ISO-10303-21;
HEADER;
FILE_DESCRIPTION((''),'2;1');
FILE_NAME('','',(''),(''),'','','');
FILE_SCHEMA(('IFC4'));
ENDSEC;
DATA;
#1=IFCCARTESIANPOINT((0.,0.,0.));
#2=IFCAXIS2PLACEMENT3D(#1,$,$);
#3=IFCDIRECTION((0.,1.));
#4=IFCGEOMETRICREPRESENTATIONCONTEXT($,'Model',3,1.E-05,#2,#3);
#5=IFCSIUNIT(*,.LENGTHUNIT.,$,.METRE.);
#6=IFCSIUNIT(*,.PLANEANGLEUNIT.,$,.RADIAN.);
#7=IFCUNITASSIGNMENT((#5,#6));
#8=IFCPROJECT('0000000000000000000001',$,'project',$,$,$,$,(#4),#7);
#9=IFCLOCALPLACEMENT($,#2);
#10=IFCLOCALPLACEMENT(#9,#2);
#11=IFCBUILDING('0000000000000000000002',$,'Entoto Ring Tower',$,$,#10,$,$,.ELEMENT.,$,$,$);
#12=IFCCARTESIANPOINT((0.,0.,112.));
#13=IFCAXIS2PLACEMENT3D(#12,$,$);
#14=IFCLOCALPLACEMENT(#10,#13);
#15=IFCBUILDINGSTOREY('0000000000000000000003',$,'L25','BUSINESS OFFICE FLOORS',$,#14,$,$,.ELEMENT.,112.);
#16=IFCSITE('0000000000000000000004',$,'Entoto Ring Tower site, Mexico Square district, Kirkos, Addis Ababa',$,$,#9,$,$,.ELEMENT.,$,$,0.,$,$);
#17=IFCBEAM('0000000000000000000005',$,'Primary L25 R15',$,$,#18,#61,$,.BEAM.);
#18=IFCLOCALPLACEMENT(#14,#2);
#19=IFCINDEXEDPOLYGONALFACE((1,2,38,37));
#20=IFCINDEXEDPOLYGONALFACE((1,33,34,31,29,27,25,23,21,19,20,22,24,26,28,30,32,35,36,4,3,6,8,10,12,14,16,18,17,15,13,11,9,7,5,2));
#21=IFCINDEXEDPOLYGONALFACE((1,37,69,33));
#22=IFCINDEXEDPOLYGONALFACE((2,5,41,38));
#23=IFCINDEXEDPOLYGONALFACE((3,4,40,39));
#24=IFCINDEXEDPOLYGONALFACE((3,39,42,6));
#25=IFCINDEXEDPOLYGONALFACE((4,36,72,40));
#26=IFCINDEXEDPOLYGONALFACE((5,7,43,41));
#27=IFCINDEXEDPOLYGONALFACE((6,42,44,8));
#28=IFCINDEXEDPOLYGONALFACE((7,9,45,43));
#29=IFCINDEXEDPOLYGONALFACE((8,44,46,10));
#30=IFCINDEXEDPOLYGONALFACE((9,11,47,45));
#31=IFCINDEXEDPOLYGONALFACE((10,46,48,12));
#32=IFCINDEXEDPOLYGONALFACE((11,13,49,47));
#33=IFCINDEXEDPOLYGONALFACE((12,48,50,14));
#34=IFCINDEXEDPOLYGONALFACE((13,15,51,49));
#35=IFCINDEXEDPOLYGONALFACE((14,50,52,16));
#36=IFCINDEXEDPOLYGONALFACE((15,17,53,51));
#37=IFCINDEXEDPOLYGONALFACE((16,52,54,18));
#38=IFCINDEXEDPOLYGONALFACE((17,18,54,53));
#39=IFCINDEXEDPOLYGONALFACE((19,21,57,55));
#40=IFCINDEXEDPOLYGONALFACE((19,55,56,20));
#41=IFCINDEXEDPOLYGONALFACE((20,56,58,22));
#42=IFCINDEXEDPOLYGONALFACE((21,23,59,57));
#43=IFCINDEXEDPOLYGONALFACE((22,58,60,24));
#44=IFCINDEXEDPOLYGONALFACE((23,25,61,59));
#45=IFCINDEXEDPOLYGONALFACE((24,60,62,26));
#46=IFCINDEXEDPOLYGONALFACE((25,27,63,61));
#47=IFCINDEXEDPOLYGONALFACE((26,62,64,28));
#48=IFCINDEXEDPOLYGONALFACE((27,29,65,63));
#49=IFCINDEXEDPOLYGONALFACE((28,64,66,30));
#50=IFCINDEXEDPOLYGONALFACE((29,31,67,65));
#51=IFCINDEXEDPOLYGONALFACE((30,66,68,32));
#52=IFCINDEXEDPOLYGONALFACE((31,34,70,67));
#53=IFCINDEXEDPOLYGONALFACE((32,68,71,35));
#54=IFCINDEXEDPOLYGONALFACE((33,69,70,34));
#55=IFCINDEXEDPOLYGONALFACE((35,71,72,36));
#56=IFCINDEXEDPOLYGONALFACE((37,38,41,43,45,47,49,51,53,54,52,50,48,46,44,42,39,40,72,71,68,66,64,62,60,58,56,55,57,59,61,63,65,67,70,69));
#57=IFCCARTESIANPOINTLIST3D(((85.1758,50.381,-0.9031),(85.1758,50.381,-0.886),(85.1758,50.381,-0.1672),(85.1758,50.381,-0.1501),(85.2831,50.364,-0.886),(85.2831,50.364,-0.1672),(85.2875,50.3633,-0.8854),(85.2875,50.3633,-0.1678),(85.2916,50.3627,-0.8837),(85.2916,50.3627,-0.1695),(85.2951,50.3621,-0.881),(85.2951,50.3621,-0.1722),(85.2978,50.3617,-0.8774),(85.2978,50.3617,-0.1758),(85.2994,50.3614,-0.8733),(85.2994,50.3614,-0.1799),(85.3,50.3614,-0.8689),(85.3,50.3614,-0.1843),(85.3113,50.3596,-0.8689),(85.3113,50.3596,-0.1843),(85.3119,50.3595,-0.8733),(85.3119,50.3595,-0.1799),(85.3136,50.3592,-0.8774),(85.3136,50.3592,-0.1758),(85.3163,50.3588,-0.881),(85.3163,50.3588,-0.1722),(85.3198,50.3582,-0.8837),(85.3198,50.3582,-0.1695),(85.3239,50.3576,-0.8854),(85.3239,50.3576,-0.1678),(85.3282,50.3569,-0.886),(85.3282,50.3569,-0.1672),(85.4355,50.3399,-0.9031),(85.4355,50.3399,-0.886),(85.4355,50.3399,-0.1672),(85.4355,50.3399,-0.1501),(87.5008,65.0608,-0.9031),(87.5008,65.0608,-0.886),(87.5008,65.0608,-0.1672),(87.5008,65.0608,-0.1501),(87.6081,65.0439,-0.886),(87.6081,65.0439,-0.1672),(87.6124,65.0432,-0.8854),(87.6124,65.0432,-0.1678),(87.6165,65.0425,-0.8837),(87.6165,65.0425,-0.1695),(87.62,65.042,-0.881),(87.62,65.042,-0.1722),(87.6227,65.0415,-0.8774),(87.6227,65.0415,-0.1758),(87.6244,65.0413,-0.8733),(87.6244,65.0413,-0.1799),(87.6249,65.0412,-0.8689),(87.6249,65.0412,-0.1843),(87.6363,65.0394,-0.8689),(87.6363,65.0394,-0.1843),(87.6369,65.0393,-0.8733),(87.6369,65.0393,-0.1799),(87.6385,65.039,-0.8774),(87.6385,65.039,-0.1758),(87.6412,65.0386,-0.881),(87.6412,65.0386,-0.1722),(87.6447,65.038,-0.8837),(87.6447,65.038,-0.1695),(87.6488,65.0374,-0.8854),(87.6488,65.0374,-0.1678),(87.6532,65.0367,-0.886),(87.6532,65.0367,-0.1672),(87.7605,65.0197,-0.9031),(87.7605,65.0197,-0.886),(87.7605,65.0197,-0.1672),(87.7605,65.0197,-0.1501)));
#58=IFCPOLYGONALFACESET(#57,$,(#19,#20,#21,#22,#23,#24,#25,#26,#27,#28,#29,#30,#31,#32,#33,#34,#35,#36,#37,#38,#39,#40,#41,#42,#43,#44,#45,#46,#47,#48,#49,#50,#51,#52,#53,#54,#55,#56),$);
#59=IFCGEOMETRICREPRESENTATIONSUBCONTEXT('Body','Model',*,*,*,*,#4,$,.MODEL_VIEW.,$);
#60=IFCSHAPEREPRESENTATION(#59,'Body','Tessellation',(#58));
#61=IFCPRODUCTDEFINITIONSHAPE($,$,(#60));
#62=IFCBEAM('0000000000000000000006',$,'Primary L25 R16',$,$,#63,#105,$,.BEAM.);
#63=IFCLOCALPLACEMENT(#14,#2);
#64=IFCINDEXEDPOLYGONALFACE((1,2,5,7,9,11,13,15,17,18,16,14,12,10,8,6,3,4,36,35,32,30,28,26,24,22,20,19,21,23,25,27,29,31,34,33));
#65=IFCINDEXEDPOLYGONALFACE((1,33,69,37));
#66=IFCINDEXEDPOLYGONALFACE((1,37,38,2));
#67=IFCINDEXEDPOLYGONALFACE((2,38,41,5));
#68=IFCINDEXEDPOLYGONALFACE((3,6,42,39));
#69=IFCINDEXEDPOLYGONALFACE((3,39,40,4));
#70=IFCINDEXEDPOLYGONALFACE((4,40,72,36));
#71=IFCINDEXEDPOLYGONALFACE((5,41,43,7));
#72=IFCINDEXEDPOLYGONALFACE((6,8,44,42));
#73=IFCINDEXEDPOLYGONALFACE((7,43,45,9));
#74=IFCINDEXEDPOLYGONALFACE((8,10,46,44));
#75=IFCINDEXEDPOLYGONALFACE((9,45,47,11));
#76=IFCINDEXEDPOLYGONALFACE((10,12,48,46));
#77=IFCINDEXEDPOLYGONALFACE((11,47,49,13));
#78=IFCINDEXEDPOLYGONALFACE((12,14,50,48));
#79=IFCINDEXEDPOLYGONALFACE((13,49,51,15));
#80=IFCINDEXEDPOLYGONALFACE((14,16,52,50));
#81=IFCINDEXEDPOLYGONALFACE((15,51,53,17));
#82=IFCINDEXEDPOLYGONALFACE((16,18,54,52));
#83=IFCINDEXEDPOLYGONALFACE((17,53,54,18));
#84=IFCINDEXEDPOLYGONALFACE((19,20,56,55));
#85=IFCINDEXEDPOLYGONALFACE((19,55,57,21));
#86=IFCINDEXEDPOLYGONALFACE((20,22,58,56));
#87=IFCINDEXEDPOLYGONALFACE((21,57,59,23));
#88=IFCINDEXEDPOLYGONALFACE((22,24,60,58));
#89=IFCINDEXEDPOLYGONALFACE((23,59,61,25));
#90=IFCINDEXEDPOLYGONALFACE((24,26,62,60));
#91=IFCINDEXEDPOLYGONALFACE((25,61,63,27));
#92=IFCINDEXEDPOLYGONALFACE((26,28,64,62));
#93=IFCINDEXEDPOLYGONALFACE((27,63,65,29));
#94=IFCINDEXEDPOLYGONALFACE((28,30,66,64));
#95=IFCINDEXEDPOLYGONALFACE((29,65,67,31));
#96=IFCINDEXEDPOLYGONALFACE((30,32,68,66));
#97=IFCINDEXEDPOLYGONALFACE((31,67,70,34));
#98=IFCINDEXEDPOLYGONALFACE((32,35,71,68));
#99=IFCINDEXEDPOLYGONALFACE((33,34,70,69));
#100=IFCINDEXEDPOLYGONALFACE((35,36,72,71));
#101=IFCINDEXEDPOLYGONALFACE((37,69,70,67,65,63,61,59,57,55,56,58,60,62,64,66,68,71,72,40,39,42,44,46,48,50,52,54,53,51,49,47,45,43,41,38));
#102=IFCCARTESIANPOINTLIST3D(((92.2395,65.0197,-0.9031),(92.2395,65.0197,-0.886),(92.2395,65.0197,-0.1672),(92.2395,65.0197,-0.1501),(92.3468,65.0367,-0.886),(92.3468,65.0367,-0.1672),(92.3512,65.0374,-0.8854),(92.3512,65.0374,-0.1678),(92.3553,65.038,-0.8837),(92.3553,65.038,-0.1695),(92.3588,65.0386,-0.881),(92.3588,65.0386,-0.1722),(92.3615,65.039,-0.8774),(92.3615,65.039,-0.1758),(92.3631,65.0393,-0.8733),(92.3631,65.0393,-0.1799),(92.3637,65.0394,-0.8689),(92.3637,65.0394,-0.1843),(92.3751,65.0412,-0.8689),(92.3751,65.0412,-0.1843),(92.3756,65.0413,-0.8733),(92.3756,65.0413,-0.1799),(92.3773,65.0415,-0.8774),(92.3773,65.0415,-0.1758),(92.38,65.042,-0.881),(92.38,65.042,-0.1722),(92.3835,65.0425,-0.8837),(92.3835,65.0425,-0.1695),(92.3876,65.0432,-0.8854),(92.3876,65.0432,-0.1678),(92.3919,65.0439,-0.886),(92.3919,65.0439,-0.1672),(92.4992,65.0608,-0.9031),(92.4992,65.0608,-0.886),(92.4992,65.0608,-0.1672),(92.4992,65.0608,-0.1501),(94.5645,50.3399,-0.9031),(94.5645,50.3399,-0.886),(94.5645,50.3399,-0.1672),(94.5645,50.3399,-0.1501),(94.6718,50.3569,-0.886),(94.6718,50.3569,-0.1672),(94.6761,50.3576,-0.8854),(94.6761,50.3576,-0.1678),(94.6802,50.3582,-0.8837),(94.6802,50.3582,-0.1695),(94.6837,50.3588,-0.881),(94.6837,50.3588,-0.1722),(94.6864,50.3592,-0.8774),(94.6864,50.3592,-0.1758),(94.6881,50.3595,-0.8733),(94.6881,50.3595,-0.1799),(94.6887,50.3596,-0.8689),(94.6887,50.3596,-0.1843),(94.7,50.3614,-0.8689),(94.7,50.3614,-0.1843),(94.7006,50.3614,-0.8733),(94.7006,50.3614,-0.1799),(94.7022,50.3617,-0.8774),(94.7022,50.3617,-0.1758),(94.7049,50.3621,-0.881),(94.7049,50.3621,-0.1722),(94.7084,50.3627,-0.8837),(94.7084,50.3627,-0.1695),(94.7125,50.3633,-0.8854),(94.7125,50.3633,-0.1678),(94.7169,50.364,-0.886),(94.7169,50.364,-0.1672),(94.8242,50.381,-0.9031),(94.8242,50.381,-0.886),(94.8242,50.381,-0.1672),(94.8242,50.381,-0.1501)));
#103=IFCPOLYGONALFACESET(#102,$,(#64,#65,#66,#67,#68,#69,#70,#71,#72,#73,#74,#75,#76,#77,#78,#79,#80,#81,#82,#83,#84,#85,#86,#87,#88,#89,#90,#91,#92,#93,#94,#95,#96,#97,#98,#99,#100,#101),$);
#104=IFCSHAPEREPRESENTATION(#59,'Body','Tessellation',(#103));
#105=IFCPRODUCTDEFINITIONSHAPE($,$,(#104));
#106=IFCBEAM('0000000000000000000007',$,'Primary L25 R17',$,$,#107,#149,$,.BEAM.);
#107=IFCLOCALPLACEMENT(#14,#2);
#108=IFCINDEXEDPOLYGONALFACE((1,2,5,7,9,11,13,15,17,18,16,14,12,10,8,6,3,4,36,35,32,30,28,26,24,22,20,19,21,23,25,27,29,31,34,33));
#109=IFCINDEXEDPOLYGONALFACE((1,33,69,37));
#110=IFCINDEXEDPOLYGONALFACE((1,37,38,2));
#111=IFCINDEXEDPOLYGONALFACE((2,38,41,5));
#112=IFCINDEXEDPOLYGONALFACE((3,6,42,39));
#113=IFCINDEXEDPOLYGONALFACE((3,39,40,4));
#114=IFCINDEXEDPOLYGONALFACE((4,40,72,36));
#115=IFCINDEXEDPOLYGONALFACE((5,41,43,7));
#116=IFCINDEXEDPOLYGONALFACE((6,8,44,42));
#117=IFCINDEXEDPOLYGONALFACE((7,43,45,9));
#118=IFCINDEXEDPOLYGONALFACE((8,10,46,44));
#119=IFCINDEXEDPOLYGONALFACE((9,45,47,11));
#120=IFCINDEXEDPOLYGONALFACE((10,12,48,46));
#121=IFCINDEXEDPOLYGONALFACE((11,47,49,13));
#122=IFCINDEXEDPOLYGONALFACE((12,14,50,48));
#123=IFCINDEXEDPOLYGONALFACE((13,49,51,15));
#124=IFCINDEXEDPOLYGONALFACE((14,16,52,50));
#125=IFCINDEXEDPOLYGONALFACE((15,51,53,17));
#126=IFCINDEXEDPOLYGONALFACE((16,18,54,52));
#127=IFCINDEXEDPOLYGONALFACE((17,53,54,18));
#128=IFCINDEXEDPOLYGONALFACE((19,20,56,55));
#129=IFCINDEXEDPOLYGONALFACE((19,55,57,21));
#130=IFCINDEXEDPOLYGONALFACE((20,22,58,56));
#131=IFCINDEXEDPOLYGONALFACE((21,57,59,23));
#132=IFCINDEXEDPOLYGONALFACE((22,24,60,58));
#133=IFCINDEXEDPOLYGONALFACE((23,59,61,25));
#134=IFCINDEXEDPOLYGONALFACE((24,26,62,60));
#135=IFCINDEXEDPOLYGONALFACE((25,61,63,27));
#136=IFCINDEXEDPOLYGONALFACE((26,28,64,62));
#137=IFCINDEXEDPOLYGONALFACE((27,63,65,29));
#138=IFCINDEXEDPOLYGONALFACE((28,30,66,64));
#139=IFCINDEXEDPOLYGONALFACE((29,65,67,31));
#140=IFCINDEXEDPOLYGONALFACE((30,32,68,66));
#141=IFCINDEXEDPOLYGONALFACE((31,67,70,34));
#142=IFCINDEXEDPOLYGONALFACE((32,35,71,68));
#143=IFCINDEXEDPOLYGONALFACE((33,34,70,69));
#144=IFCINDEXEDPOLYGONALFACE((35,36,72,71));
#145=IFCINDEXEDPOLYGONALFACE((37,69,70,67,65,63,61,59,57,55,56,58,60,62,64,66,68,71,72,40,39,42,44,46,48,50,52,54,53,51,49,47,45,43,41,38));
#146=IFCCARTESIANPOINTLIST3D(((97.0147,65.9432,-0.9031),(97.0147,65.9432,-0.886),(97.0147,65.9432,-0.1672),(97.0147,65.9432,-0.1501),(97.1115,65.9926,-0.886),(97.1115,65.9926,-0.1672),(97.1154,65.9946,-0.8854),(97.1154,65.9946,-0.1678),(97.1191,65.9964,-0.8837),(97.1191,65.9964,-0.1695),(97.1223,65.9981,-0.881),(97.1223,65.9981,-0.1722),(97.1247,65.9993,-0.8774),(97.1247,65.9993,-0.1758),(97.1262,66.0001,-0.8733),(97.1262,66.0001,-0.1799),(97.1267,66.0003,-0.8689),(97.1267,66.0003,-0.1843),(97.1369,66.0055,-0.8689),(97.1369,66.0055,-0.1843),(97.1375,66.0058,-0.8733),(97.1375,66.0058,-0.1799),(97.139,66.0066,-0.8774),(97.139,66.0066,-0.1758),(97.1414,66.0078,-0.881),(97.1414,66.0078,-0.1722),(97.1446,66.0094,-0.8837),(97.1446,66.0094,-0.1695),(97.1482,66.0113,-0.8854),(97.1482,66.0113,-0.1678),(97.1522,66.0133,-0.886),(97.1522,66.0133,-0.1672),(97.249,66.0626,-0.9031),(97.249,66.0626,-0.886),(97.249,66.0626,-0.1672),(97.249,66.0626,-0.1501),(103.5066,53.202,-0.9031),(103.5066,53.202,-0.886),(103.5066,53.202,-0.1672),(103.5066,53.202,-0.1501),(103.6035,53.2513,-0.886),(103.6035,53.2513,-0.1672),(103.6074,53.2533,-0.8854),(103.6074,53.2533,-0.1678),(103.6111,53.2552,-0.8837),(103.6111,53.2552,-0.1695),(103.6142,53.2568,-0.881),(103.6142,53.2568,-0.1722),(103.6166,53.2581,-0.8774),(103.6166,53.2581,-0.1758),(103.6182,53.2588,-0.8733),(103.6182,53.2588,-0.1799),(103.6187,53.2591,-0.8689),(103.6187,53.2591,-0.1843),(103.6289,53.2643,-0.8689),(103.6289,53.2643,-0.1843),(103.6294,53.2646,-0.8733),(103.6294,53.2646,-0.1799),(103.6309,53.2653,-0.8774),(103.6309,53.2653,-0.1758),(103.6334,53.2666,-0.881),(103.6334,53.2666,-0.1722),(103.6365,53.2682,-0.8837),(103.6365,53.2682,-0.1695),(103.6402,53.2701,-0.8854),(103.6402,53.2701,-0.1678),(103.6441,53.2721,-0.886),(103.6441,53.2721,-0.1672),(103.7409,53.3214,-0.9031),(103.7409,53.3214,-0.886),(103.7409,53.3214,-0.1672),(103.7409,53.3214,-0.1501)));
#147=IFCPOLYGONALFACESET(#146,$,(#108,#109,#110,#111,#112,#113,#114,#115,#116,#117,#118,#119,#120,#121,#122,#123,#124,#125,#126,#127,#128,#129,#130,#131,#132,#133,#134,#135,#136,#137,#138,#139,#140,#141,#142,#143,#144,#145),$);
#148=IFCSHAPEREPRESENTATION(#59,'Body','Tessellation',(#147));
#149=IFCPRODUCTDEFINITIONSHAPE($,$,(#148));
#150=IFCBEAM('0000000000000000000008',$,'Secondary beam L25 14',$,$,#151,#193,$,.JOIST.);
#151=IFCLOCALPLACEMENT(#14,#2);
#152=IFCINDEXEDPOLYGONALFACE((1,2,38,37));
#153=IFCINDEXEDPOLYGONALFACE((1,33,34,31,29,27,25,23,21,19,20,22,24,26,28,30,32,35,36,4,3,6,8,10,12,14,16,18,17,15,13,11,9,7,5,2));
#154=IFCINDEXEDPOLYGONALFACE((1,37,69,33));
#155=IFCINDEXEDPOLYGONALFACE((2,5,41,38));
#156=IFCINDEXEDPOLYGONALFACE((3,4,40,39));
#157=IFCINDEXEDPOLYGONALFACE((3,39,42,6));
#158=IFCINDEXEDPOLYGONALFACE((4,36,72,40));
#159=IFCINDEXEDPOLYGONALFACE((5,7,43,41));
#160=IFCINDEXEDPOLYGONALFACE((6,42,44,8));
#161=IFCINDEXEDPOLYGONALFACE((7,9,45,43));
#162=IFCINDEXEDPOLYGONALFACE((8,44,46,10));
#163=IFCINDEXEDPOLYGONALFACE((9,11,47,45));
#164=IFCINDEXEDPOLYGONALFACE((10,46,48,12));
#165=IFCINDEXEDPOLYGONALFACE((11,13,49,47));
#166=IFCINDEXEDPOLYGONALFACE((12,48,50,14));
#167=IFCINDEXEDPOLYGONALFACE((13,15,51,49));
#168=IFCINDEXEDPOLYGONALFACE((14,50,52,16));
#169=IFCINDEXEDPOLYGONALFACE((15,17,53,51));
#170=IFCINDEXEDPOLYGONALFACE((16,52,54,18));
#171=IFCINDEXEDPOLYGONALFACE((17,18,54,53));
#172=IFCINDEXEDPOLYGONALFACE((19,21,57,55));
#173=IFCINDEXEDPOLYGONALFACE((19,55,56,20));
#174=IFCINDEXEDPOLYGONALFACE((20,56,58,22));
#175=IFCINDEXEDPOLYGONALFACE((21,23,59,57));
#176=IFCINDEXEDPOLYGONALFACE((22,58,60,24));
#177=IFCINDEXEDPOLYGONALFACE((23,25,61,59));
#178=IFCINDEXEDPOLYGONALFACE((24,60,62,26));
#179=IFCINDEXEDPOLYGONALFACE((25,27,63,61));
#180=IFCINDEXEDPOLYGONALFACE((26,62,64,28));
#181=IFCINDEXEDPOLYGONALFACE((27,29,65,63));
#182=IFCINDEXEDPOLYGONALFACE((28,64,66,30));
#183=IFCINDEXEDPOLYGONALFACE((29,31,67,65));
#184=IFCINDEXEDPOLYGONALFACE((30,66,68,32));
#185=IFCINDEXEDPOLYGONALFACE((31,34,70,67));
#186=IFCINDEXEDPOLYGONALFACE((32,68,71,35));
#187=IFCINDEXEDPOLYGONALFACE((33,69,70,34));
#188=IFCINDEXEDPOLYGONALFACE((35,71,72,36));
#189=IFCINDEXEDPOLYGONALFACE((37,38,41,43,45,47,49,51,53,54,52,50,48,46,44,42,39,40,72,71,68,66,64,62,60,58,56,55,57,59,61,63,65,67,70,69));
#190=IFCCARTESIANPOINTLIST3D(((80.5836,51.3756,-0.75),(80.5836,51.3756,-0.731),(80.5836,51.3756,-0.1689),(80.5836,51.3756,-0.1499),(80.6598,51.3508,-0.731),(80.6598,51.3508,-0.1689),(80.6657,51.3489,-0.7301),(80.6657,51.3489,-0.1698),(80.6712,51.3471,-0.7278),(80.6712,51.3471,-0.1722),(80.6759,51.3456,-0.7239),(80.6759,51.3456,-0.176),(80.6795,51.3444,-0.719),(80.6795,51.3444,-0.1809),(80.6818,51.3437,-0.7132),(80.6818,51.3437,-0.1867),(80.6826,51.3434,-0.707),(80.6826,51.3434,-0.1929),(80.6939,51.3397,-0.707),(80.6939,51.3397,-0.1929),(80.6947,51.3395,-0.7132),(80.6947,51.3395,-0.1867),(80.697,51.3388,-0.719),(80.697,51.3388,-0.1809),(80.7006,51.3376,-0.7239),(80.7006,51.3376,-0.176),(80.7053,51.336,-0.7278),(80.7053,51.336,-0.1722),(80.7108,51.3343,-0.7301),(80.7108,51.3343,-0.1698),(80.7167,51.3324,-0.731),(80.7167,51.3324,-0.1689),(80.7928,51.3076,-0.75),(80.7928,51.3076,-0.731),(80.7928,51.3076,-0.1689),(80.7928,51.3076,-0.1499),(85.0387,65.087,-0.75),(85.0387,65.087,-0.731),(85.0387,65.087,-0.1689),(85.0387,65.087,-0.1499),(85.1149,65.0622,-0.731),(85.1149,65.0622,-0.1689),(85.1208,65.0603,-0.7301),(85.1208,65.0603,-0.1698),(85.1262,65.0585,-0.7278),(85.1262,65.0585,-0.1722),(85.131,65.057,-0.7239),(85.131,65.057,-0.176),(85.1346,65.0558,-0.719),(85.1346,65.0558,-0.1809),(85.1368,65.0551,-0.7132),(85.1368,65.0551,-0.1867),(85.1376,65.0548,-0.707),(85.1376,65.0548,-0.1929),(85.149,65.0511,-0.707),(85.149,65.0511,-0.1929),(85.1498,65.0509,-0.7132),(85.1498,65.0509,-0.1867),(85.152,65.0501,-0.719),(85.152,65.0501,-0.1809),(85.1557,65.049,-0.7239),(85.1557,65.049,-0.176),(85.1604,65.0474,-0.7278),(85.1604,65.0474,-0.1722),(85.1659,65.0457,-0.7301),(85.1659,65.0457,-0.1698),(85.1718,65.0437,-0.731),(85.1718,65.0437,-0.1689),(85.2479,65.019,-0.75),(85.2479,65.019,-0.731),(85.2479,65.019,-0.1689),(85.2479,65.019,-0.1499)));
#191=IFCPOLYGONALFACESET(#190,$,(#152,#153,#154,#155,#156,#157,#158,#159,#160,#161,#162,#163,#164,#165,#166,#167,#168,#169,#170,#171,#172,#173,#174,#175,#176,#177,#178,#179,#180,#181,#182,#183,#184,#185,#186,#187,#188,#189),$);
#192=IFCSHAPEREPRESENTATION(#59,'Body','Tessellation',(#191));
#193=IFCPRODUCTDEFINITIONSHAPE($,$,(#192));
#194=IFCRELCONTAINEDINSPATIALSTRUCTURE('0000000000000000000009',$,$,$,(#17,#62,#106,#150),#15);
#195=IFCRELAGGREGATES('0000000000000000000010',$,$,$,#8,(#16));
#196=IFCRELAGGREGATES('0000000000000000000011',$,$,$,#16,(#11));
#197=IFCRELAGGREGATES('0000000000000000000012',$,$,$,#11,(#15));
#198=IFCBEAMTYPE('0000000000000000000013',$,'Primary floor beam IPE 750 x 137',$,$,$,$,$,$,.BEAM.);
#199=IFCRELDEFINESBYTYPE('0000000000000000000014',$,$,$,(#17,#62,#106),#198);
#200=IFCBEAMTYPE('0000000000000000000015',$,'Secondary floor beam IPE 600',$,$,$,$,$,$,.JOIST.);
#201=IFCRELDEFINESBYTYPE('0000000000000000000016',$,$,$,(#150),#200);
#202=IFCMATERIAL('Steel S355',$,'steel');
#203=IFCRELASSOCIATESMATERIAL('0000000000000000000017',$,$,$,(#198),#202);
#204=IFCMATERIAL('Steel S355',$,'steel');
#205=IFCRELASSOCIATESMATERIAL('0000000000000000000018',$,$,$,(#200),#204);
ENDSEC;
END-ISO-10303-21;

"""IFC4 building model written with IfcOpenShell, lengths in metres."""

from ifc_helpers import new_model, si_unit, direction, frame, origin, origin_2d, place, context, subcontext, project, spatial, i_section, extrude, material, material_profile, profile_set, type_object, element, save


model = new_model("IFC4")

# Units and contexts
model_context = context("Model", 3, precision=1e-05, world=origin(), true_north=direction((0.0, 1.0)))
body_context = subcontext(model_context, "Body", "Model", "MODEL_VIEW")
ifc_project = project(units=[si_unit("LENGTHUNIT", "METRE"), si_unit("PLANEANGLEUNIT", "RADIAN")], contexts=[model_context])

# Site, building, storey
site_placement = place(None, origin())
site = spatial("IfcSite", under=ifc_project, at=site_placement, Name="Entoto Ring Tower site, Mexico Square district, Kirkos, Addis Ababa", CompositionType="ELEMENT", RefElevation=0.0)
building_placement = place(site_placement, origin())
building = spatial("IfcBuilding", under=site, at=building_placement, Name="Entoto Ring Tower", CompositionType="ELEMENT")
storey_placement = place(building_placement, frame((0.0, 0.0, 112.0)))
storey = spatial("IfcBuildingStorey", under=building, at=storey_placement, Name="L25", Description="BUSINESS OFFICE FLOORS", CompositionType="ELEMENT", Elevation=112.0)

# Beams
ifc_material_1 = material(Name="Steel S355", Category="steel")
ifc_material_profile_1 = material_profile(ifc_material_1, i_section(OverallWidth=0.2629, OverallDepth=0.7529, WebThickness=0.0115, FlangeThickness=0.0171, FilletRadius=0.0171, at=origin_2d()), Name="IPE 750 x 137")
ifc_profile_set_1 = profile_set([ifc_material_profile_1], Name="Steel S355")
beam_type_1 = type_object("IfcBeamType", Name="Primary floor beam IPE 750 x 137", PredefinedType="BEAM", material=ifc_profile_set_1)
for number, where, z_axis, x_axis, name in (
    (1, (87.6306, 65.0403, -0.5266), (-0.156426, -0.98769, 0.0), (0.98769, -0.156426, 0.0), "Primary L25 R15"),
    (2, (92.3694, 65.0403, -0.5266), (0.156426, -0.98769, 0.0), (0.98769, 0.156426, 0.0), "Primary L25 R16"),
):
    element("IfcBeam", number, at=place(storey_placement, frame(where, z_axis=z_axis, x_axis=x_axis)), inside=storey, type_object=beam_type_1, Name=name, PredefinedType="BEAM", context=body_context, shape_type="SweptSolid", body=[
        extrude(i_section(OverallWidth=0.2629, OverallDepth=0.7529, WebThickness=0.0115, FlangeThickness=0.0171, FilletRadius=0.0171, at=origin_2d()), origin(), (0.0, 0.0, 1.0), 14.8628),
    ])
beam_1_placement = place(storey_placement, frame((97.1318, 66.0029, -0.5266), z_axis=(0.453989, -0.891007, 0.0), x_axis=(0.891007, 0.453989, 0.0)))
element("IfcBeam", 3, at=beam_1_placement, inside=storey, type_object=beam_type_1, Name="Primary L25 R17", PredefinedType="BEAM", context=body_context, shape_type="SweptSolid", body=[
    extrude(i_section(OverallWidth=0.2629, OverallDepth=0.7529, WebThickness=0.0115, FlangeThickness=0.0171, FilletRadius=0.0171, at=origin_2d()), origin(), (0.0, 0.0, 1.0), 14.2998),
])
ifc_material_2 = material(Name="Steel S355", Category="steel")
ifc_material_profile_2 = material_profile(ifc_material_2, i_section(OverallWidth=0.22, OverallDepth=0.6001, WebThickness=0.012, FlangeThickness=0.019, FilletRadius=0.0239, at=origin_2d()), Name="IPE 600")
ifc_profile_set_2 = profile_set([ifc_material_profile_2], Name="Steel S355")
beam_type_2 = type_object("IfcBeamType", Name="Secondary floor beam IPE 600", PredefinedType="JOIST", material=ifc_profile_set_2)
beam_2_placement = place(storey_placement, frame((85.1433, 65.053, -0.45), z_axis=(-0.309015, -0.951057, 0.0), x_axis=(0.951057, -0.309015, 0.0)))
element("IfcBeam", 4, at=beam_2_placement, inside=storey, type_object=beam_type_2, Name="Secondary beam L25 14", PredefinedType="JOIST", context=body_context, shape_type="SweptSolid", body=[
    extrude(i_section(OverallWidth=0.22, OverallDepth=0.6001, WebThickness=0.012, FlangeThickness=0.019, FilletRadius=0.0239, at=origin_2d()), origin(), (0.0, 0.0, 1.0), 14.417),
])

save(model, "model.ifc")
